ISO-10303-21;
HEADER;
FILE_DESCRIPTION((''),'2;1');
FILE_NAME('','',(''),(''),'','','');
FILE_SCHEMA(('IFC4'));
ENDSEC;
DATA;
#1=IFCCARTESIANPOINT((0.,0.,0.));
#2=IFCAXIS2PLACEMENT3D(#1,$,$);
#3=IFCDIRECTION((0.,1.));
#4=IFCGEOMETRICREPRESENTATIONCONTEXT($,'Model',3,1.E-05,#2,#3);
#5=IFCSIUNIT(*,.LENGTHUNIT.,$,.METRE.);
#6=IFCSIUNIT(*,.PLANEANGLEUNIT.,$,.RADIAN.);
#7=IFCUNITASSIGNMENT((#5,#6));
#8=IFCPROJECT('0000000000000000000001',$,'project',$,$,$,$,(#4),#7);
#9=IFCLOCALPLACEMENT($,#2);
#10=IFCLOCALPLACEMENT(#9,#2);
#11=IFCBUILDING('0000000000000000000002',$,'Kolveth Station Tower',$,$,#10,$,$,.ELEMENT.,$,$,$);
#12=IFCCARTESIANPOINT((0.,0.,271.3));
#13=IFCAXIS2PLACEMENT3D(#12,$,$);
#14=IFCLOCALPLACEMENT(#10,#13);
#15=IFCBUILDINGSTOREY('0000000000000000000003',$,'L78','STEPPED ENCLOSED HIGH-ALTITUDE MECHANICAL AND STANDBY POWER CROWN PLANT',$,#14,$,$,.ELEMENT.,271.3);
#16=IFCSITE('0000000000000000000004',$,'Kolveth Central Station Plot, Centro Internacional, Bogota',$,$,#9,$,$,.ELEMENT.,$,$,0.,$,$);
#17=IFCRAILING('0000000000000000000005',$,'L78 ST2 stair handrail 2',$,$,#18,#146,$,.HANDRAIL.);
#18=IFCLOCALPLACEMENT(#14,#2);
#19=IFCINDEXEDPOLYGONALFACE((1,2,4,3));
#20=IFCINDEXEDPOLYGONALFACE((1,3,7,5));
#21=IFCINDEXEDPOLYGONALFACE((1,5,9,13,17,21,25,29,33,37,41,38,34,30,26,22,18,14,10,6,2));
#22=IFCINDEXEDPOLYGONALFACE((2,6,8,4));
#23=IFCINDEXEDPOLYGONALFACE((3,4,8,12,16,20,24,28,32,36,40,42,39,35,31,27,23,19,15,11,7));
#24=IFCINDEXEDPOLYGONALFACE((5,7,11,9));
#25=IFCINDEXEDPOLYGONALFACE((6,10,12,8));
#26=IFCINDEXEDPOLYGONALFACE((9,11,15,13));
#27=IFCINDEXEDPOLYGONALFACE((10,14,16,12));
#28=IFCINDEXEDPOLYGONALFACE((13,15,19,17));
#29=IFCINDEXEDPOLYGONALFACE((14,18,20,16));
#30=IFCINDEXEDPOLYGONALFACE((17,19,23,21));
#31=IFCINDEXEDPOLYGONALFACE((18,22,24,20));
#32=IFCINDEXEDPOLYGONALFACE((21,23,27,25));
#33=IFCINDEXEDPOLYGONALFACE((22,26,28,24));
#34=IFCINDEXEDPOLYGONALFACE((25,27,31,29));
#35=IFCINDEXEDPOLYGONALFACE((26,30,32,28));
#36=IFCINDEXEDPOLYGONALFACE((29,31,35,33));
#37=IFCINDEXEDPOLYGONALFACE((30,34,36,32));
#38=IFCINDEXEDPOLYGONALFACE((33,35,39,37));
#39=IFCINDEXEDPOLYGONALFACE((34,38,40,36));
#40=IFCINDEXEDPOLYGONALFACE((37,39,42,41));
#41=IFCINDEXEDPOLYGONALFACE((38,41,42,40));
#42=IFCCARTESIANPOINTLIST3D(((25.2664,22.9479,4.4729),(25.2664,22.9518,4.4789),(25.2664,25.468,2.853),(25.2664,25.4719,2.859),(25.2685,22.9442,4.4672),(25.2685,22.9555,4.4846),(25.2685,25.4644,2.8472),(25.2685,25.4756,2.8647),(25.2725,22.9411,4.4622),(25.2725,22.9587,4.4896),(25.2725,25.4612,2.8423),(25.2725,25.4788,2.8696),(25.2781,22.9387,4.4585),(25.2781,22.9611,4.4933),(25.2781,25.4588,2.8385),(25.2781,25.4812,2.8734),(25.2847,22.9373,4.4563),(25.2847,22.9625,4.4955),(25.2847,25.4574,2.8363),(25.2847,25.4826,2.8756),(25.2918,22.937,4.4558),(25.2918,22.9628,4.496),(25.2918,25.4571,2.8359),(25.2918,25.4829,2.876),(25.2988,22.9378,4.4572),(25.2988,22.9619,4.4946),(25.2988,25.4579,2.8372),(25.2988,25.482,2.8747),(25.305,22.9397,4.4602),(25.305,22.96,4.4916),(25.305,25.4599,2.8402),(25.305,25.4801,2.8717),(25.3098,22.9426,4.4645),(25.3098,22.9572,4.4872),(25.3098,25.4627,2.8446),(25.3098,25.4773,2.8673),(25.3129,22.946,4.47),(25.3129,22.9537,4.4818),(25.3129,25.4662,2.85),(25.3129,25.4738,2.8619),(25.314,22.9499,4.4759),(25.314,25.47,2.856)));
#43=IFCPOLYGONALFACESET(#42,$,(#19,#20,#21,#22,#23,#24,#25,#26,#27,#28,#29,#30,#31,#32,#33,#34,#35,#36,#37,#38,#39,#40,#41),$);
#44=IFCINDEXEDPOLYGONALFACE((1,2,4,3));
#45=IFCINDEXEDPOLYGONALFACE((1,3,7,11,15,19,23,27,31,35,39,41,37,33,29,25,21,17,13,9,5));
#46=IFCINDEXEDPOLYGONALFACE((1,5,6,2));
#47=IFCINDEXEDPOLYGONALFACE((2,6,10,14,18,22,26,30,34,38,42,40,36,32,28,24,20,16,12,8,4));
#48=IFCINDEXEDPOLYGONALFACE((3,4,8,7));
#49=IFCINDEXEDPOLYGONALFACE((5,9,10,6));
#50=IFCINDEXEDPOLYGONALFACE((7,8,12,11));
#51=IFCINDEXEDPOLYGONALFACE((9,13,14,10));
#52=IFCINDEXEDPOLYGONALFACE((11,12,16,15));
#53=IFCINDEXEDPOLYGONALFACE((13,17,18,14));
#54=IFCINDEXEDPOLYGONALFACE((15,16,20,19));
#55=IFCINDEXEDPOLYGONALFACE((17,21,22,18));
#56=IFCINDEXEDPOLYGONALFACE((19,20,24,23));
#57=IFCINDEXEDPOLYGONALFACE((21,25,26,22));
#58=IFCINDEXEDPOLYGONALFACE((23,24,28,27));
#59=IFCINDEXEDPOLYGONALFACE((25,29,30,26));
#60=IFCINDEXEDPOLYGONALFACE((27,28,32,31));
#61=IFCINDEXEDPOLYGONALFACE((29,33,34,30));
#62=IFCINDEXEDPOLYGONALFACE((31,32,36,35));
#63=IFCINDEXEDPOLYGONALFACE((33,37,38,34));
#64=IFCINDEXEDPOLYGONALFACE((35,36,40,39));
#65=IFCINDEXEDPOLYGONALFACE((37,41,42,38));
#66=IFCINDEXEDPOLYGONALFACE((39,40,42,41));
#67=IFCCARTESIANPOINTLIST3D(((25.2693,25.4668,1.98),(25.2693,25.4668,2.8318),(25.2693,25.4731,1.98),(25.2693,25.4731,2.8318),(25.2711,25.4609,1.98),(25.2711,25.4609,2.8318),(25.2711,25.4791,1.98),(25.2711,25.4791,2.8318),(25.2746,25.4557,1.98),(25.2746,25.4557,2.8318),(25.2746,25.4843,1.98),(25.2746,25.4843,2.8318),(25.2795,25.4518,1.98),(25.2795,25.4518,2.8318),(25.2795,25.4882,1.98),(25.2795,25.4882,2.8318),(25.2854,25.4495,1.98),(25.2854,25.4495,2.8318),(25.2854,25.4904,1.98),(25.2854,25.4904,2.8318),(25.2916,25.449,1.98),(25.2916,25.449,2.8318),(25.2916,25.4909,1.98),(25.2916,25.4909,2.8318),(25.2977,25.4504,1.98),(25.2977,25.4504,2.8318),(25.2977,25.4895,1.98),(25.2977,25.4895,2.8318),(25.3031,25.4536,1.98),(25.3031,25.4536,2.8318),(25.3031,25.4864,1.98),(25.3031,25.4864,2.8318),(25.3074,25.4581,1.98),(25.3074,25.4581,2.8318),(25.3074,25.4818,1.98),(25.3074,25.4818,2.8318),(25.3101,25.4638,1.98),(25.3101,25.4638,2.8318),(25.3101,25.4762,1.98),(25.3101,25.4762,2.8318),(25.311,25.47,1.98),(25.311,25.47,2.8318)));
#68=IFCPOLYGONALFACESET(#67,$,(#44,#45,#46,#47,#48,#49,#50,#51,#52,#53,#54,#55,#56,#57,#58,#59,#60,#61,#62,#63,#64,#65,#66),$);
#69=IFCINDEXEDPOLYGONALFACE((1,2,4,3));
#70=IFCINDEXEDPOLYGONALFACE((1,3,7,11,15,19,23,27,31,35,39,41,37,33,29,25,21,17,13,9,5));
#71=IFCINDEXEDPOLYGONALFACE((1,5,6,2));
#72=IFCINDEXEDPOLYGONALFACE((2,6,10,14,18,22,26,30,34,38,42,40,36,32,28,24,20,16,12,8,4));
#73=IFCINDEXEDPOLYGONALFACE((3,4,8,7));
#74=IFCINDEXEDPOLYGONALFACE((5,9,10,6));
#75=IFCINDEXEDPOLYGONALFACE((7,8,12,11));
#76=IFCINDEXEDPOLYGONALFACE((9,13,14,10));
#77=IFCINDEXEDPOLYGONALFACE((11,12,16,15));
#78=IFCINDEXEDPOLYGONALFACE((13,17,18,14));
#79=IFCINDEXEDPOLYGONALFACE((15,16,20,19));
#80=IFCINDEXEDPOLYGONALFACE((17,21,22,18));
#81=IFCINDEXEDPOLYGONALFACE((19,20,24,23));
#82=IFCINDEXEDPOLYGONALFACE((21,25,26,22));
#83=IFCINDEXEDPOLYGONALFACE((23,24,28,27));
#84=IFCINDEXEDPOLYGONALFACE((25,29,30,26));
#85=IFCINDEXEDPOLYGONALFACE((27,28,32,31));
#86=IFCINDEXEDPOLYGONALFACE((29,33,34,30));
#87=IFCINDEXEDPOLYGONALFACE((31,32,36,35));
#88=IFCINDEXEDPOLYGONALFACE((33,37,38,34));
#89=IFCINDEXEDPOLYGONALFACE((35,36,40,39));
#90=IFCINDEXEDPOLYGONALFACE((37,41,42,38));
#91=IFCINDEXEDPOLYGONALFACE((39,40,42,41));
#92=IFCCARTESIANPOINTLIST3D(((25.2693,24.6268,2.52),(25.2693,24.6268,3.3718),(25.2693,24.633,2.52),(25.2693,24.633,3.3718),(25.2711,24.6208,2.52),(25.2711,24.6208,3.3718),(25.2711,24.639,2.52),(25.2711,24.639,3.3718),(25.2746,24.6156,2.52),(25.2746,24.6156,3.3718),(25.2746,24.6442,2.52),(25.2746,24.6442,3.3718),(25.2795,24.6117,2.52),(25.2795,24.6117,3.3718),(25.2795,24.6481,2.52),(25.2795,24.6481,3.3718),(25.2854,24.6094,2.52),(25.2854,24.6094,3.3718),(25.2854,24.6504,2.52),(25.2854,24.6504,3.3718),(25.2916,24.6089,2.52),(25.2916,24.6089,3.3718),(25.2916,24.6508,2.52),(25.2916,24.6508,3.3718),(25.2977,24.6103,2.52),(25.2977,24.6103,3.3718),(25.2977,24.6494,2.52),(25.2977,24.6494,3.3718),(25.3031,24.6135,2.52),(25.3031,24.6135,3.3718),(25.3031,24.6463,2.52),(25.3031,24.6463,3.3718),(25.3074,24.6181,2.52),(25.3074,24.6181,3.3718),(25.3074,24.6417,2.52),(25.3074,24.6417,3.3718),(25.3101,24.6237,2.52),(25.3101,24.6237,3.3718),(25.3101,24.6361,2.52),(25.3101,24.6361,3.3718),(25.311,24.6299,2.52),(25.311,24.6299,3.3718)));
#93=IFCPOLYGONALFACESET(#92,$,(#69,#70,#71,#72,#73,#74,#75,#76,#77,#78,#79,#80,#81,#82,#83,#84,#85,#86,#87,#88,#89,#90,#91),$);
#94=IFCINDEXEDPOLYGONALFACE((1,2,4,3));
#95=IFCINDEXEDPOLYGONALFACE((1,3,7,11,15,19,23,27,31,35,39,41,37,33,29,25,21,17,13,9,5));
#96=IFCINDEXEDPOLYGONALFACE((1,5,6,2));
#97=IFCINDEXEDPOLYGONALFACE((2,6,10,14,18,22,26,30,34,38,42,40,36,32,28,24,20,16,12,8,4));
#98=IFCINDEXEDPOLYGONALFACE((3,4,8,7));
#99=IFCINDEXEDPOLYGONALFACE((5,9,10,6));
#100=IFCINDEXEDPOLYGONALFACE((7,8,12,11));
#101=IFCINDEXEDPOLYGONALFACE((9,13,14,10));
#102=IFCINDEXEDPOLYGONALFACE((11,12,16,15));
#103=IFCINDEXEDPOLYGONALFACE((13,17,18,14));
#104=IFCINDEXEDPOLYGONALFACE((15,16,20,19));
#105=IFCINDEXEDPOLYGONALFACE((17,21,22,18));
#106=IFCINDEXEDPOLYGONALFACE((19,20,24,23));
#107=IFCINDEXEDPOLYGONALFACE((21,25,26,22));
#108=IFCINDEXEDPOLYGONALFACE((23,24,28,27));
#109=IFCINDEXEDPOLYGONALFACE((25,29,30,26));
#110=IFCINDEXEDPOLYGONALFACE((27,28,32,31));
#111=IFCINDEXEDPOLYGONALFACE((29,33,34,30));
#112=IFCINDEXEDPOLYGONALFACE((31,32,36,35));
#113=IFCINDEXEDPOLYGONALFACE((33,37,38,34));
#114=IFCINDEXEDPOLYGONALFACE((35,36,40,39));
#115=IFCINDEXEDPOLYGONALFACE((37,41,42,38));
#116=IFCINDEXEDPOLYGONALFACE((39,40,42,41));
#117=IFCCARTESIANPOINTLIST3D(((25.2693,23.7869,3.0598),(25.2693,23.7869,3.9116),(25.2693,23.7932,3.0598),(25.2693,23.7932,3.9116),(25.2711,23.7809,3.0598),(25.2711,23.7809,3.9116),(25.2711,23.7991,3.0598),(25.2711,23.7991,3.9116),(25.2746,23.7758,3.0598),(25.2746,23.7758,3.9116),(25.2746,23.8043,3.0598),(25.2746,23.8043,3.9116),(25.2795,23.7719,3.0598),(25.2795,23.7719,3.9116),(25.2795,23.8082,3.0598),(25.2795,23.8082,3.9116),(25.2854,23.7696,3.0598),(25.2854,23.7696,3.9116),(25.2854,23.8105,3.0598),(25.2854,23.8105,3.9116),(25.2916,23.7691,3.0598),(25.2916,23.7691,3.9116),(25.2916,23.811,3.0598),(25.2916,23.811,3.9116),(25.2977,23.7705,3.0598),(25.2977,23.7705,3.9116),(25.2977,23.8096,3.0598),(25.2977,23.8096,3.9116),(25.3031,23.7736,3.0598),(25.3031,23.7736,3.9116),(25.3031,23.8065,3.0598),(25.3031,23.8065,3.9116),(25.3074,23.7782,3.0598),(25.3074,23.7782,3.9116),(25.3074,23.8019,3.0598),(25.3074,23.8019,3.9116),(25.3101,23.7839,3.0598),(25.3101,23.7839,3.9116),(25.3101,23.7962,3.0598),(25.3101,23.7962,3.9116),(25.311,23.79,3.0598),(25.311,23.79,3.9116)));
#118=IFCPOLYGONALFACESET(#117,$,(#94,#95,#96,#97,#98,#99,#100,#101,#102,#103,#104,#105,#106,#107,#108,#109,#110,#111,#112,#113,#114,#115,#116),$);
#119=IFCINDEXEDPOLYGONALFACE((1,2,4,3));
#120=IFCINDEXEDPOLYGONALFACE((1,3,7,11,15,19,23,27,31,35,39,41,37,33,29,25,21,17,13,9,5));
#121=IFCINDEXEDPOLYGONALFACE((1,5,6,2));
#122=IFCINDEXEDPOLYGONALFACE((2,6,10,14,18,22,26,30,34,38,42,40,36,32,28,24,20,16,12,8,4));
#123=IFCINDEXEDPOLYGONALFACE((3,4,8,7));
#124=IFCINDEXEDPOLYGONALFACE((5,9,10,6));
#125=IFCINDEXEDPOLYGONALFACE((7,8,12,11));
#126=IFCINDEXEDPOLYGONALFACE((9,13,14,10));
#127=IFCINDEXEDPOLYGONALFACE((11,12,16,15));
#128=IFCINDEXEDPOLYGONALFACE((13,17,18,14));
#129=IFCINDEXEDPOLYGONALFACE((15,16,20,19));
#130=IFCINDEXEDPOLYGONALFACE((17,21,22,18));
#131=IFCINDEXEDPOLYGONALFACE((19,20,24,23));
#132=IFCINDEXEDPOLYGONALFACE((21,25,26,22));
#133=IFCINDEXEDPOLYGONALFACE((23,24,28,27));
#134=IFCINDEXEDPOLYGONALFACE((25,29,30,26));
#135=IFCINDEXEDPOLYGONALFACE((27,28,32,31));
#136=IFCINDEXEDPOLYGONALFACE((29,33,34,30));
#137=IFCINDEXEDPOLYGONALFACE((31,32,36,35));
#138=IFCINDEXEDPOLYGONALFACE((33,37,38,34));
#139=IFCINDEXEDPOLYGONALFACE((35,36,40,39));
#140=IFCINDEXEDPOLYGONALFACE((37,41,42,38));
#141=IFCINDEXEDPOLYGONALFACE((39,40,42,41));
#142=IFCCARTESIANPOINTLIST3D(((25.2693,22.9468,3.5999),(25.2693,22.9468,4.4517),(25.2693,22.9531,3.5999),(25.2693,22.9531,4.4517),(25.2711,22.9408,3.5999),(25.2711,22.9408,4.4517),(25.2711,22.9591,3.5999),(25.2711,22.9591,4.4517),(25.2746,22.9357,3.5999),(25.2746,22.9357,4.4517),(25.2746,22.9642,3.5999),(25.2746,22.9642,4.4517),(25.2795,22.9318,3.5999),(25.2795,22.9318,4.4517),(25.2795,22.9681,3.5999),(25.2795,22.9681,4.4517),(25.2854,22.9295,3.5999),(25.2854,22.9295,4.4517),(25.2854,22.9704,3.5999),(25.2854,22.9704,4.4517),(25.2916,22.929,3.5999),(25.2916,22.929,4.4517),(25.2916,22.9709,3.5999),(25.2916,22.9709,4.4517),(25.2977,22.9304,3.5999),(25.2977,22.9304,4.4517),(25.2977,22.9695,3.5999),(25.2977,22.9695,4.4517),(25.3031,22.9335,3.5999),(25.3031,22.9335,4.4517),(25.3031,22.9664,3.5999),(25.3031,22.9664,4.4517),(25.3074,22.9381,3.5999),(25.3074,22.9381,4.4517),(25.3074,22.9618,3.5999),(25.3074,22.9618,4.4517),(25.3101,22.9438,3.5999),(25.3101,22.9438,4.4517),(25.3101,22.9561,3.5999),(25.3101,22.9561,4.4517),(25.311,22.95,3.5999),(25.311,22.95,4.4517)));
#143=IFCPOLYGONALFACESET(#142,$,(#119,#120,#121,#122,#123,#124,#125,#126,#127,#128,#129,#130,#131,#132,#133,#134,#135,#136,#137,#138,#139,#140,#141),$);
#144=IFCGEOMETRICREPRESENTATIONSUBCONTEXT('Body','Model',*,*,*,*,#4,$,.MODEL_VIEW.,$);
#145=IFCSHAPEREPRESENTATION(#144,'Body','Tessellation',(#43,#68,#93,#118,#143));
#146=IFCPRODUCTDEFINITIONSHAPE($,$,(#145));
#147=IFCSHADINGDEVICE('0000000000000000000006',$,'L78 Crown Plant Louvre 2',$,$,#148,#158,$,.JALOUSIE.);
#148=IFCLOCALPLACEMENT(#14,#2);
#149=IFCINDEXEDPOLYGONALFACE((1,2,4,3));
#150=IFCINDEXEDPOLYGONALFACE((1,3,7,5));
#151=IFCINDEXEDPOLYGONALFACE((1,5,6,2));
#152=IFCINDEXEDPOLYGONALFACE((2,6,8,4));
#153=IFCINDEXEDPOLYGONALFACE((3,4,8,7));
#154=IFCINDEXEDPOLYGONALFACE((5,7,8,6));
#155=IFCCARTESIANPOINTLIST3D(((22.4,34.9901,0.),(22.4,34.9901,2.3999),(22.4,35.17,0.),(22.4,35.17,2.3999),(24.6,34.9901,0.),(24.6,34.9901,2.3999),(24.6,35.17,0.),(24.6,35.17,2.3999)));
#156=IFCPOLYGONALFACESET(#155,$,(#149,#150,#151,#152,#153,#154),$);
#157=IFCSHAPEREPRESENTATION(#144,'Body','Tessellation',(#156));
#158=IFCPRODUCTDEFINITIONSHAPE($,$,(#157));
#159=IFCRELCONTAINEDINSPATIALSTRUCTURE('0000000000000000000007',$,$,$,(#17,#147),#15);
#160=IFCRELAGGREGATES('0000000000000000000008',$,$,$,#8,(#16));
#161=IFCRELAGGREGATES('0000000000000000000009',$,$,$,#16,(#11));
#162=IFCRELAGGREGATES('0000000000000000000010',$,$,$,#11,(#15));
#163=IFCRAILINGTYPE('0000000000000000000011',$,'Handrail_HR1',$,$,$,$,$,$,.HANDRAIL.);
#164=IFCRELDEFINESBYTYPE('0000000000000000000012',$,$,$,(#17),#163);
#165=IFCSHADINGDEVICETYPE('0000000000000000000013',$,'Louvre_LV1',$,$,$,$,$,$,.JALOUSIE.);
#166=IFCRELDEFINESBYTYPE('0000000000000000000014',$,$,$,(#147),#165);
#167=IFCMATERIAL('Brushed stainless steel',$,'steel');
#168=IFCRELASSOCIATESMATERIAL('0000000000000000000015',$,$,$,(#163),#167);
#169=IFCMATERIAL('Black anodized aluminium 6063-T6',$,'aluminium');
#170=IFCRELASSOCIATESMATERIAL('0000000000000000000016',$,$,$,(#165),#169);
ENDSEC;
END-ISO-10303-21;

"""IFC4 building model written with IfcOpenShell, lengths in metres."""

from ifc_helpers import new_model, si_unit, direction, frame, origin, origin_2d, place, context, subcontext, project, spatial, rectangle, circle, extrude, source, transform, mapped, material, type_object, element, save


model = new_model("IFC4")

# Units and contexts
model_context = context("Model", 3, precision=1e-05, world=origin(), true_north=direction((0.0, 1.0)))
body_context = subcontext(model_context, "Body", "Model", "MODEL_VIEW")
ifc_project = project(units=[si_unit("LENGTHUNIT", "METRE"), si_unit("PLANEANGLEUNIT", "RADIAN")], contexts=[model_context])

# Site, building, storey
site_placement = place(None, origin())
site = spatial("IfcSite", under=ifc_project, at=site_placement, Name="Kolveth Central Station Plot, Centro Internacional, Bogota", CompositionType="ELEMENT", RefElevation=0.0)
building_placement = place(site_placement, origin())
building = spatial("IfcBuilding", under=site, at=building_placement, Name="Kolveth Station Tower", CompositionType="ELEMENT")
storey_placement = place(building_placement, frame((0.0, 0.0, 271.3)))
storey = spatial("IfcBuildingStorey", under=building, at=storey_placement, Name="L78", Description="STEPPED ENCLOSED HIGH-ALTITUDE MECHANICAL AND STANDBY POWER CROWN PLANT", CompositionType="ELEMENT", Elevation=271.3)

# Railing
ifc_material_1 = material(Name="Brushed stainless steel", Category="steel")
railing_type_1 = type_object("IfcRailingType", Name="Handrail_HR1", PredefinedType="HANDRAIL", material=ifc_material_1)
railing_1_placement = place(storey_placement, frame((25.29, 25.47, 1.98)))
element("IfcRailing", 1, at=railing_1_placement, inside=storey, type_object=railing_type_1, Name="L78 ST2 stair handrail 2", PredefinedType="HANDRAIL", context=body_context, shape_type="SweptSolid", body=[
    extrude(circle(Radius=0.0239, at=origin_2d()), frame((0.0, 0.0, 0.876), z_axis=(0.0, -0.8412, 0.540725), x_axis=(1.0, 0.0, 0.0)), (0.0, 0.0, 1.0), 2.9958),
    extrude(circle(Radius=0.021, at=origin_2d()), origin(), (0.0, 0.0, 1.0), 0.8518),
    extrude(circle(Radius=0.021, at=origin_2d()), frame((0.0, -0.8401, 0.54)), (0.0, 0.0, 1.0), 0.8518),
    extrude(circle(Radius=0.021, at=origin_2d()), frame((0.0, -1.6799, 1.0798)), (0.0, 0.0, 1.0), 0.8518),
    extrude(circle(Radius=0.021, at=origin_2d()), frame((0.0, -2.52, 1.6199)), (0.0, 0.0, 1.0), 0.8518),
])

# Shading device
ifc_material_2 = material(Name="Black anodized aluminium 6063-T6", Category="aluminium")
shading_device_type = type_object("IfcShadingDeviceType", Name="Louvre_LV1", PredefinedType="JALOUSIE", material=ifc_material_2)
shared_shape_1 = source(origin(), body_context, "Body", "SweptSolid", [
    extrude(rectangle(XDim=2.2, YDim=0.1799, at=origin_2d()), origin(), (0.0, 0.0, 1.0), 2.3999),
])
shading_device_placement = place(storey_placement, frame((23.5, 35.0801, 0.0), z_axis=(0.0, 0.0, 1.0), x_axis=(1.0, 0.0, 0.0)))
element("IfcShadingDevice", 2, at=shading_device_placement, inside=storey, type_object=shading_device_type, Name="L78 Crown Plant Louvre 2", PredefinedType="JALOUSIE", context=body_context, shape_type="MappedRepresentation", body=[
    mapped(shared_shape_1, transform((0.0, 0.0, 0.0), x_axis=(1.0, 0.0, 0.0), y_axis=(0.0, 1.0, 0.0), z_axis=(0.0, 0.0, 1.0), scale=1.0)),
])

save(model, "model.ifc")
